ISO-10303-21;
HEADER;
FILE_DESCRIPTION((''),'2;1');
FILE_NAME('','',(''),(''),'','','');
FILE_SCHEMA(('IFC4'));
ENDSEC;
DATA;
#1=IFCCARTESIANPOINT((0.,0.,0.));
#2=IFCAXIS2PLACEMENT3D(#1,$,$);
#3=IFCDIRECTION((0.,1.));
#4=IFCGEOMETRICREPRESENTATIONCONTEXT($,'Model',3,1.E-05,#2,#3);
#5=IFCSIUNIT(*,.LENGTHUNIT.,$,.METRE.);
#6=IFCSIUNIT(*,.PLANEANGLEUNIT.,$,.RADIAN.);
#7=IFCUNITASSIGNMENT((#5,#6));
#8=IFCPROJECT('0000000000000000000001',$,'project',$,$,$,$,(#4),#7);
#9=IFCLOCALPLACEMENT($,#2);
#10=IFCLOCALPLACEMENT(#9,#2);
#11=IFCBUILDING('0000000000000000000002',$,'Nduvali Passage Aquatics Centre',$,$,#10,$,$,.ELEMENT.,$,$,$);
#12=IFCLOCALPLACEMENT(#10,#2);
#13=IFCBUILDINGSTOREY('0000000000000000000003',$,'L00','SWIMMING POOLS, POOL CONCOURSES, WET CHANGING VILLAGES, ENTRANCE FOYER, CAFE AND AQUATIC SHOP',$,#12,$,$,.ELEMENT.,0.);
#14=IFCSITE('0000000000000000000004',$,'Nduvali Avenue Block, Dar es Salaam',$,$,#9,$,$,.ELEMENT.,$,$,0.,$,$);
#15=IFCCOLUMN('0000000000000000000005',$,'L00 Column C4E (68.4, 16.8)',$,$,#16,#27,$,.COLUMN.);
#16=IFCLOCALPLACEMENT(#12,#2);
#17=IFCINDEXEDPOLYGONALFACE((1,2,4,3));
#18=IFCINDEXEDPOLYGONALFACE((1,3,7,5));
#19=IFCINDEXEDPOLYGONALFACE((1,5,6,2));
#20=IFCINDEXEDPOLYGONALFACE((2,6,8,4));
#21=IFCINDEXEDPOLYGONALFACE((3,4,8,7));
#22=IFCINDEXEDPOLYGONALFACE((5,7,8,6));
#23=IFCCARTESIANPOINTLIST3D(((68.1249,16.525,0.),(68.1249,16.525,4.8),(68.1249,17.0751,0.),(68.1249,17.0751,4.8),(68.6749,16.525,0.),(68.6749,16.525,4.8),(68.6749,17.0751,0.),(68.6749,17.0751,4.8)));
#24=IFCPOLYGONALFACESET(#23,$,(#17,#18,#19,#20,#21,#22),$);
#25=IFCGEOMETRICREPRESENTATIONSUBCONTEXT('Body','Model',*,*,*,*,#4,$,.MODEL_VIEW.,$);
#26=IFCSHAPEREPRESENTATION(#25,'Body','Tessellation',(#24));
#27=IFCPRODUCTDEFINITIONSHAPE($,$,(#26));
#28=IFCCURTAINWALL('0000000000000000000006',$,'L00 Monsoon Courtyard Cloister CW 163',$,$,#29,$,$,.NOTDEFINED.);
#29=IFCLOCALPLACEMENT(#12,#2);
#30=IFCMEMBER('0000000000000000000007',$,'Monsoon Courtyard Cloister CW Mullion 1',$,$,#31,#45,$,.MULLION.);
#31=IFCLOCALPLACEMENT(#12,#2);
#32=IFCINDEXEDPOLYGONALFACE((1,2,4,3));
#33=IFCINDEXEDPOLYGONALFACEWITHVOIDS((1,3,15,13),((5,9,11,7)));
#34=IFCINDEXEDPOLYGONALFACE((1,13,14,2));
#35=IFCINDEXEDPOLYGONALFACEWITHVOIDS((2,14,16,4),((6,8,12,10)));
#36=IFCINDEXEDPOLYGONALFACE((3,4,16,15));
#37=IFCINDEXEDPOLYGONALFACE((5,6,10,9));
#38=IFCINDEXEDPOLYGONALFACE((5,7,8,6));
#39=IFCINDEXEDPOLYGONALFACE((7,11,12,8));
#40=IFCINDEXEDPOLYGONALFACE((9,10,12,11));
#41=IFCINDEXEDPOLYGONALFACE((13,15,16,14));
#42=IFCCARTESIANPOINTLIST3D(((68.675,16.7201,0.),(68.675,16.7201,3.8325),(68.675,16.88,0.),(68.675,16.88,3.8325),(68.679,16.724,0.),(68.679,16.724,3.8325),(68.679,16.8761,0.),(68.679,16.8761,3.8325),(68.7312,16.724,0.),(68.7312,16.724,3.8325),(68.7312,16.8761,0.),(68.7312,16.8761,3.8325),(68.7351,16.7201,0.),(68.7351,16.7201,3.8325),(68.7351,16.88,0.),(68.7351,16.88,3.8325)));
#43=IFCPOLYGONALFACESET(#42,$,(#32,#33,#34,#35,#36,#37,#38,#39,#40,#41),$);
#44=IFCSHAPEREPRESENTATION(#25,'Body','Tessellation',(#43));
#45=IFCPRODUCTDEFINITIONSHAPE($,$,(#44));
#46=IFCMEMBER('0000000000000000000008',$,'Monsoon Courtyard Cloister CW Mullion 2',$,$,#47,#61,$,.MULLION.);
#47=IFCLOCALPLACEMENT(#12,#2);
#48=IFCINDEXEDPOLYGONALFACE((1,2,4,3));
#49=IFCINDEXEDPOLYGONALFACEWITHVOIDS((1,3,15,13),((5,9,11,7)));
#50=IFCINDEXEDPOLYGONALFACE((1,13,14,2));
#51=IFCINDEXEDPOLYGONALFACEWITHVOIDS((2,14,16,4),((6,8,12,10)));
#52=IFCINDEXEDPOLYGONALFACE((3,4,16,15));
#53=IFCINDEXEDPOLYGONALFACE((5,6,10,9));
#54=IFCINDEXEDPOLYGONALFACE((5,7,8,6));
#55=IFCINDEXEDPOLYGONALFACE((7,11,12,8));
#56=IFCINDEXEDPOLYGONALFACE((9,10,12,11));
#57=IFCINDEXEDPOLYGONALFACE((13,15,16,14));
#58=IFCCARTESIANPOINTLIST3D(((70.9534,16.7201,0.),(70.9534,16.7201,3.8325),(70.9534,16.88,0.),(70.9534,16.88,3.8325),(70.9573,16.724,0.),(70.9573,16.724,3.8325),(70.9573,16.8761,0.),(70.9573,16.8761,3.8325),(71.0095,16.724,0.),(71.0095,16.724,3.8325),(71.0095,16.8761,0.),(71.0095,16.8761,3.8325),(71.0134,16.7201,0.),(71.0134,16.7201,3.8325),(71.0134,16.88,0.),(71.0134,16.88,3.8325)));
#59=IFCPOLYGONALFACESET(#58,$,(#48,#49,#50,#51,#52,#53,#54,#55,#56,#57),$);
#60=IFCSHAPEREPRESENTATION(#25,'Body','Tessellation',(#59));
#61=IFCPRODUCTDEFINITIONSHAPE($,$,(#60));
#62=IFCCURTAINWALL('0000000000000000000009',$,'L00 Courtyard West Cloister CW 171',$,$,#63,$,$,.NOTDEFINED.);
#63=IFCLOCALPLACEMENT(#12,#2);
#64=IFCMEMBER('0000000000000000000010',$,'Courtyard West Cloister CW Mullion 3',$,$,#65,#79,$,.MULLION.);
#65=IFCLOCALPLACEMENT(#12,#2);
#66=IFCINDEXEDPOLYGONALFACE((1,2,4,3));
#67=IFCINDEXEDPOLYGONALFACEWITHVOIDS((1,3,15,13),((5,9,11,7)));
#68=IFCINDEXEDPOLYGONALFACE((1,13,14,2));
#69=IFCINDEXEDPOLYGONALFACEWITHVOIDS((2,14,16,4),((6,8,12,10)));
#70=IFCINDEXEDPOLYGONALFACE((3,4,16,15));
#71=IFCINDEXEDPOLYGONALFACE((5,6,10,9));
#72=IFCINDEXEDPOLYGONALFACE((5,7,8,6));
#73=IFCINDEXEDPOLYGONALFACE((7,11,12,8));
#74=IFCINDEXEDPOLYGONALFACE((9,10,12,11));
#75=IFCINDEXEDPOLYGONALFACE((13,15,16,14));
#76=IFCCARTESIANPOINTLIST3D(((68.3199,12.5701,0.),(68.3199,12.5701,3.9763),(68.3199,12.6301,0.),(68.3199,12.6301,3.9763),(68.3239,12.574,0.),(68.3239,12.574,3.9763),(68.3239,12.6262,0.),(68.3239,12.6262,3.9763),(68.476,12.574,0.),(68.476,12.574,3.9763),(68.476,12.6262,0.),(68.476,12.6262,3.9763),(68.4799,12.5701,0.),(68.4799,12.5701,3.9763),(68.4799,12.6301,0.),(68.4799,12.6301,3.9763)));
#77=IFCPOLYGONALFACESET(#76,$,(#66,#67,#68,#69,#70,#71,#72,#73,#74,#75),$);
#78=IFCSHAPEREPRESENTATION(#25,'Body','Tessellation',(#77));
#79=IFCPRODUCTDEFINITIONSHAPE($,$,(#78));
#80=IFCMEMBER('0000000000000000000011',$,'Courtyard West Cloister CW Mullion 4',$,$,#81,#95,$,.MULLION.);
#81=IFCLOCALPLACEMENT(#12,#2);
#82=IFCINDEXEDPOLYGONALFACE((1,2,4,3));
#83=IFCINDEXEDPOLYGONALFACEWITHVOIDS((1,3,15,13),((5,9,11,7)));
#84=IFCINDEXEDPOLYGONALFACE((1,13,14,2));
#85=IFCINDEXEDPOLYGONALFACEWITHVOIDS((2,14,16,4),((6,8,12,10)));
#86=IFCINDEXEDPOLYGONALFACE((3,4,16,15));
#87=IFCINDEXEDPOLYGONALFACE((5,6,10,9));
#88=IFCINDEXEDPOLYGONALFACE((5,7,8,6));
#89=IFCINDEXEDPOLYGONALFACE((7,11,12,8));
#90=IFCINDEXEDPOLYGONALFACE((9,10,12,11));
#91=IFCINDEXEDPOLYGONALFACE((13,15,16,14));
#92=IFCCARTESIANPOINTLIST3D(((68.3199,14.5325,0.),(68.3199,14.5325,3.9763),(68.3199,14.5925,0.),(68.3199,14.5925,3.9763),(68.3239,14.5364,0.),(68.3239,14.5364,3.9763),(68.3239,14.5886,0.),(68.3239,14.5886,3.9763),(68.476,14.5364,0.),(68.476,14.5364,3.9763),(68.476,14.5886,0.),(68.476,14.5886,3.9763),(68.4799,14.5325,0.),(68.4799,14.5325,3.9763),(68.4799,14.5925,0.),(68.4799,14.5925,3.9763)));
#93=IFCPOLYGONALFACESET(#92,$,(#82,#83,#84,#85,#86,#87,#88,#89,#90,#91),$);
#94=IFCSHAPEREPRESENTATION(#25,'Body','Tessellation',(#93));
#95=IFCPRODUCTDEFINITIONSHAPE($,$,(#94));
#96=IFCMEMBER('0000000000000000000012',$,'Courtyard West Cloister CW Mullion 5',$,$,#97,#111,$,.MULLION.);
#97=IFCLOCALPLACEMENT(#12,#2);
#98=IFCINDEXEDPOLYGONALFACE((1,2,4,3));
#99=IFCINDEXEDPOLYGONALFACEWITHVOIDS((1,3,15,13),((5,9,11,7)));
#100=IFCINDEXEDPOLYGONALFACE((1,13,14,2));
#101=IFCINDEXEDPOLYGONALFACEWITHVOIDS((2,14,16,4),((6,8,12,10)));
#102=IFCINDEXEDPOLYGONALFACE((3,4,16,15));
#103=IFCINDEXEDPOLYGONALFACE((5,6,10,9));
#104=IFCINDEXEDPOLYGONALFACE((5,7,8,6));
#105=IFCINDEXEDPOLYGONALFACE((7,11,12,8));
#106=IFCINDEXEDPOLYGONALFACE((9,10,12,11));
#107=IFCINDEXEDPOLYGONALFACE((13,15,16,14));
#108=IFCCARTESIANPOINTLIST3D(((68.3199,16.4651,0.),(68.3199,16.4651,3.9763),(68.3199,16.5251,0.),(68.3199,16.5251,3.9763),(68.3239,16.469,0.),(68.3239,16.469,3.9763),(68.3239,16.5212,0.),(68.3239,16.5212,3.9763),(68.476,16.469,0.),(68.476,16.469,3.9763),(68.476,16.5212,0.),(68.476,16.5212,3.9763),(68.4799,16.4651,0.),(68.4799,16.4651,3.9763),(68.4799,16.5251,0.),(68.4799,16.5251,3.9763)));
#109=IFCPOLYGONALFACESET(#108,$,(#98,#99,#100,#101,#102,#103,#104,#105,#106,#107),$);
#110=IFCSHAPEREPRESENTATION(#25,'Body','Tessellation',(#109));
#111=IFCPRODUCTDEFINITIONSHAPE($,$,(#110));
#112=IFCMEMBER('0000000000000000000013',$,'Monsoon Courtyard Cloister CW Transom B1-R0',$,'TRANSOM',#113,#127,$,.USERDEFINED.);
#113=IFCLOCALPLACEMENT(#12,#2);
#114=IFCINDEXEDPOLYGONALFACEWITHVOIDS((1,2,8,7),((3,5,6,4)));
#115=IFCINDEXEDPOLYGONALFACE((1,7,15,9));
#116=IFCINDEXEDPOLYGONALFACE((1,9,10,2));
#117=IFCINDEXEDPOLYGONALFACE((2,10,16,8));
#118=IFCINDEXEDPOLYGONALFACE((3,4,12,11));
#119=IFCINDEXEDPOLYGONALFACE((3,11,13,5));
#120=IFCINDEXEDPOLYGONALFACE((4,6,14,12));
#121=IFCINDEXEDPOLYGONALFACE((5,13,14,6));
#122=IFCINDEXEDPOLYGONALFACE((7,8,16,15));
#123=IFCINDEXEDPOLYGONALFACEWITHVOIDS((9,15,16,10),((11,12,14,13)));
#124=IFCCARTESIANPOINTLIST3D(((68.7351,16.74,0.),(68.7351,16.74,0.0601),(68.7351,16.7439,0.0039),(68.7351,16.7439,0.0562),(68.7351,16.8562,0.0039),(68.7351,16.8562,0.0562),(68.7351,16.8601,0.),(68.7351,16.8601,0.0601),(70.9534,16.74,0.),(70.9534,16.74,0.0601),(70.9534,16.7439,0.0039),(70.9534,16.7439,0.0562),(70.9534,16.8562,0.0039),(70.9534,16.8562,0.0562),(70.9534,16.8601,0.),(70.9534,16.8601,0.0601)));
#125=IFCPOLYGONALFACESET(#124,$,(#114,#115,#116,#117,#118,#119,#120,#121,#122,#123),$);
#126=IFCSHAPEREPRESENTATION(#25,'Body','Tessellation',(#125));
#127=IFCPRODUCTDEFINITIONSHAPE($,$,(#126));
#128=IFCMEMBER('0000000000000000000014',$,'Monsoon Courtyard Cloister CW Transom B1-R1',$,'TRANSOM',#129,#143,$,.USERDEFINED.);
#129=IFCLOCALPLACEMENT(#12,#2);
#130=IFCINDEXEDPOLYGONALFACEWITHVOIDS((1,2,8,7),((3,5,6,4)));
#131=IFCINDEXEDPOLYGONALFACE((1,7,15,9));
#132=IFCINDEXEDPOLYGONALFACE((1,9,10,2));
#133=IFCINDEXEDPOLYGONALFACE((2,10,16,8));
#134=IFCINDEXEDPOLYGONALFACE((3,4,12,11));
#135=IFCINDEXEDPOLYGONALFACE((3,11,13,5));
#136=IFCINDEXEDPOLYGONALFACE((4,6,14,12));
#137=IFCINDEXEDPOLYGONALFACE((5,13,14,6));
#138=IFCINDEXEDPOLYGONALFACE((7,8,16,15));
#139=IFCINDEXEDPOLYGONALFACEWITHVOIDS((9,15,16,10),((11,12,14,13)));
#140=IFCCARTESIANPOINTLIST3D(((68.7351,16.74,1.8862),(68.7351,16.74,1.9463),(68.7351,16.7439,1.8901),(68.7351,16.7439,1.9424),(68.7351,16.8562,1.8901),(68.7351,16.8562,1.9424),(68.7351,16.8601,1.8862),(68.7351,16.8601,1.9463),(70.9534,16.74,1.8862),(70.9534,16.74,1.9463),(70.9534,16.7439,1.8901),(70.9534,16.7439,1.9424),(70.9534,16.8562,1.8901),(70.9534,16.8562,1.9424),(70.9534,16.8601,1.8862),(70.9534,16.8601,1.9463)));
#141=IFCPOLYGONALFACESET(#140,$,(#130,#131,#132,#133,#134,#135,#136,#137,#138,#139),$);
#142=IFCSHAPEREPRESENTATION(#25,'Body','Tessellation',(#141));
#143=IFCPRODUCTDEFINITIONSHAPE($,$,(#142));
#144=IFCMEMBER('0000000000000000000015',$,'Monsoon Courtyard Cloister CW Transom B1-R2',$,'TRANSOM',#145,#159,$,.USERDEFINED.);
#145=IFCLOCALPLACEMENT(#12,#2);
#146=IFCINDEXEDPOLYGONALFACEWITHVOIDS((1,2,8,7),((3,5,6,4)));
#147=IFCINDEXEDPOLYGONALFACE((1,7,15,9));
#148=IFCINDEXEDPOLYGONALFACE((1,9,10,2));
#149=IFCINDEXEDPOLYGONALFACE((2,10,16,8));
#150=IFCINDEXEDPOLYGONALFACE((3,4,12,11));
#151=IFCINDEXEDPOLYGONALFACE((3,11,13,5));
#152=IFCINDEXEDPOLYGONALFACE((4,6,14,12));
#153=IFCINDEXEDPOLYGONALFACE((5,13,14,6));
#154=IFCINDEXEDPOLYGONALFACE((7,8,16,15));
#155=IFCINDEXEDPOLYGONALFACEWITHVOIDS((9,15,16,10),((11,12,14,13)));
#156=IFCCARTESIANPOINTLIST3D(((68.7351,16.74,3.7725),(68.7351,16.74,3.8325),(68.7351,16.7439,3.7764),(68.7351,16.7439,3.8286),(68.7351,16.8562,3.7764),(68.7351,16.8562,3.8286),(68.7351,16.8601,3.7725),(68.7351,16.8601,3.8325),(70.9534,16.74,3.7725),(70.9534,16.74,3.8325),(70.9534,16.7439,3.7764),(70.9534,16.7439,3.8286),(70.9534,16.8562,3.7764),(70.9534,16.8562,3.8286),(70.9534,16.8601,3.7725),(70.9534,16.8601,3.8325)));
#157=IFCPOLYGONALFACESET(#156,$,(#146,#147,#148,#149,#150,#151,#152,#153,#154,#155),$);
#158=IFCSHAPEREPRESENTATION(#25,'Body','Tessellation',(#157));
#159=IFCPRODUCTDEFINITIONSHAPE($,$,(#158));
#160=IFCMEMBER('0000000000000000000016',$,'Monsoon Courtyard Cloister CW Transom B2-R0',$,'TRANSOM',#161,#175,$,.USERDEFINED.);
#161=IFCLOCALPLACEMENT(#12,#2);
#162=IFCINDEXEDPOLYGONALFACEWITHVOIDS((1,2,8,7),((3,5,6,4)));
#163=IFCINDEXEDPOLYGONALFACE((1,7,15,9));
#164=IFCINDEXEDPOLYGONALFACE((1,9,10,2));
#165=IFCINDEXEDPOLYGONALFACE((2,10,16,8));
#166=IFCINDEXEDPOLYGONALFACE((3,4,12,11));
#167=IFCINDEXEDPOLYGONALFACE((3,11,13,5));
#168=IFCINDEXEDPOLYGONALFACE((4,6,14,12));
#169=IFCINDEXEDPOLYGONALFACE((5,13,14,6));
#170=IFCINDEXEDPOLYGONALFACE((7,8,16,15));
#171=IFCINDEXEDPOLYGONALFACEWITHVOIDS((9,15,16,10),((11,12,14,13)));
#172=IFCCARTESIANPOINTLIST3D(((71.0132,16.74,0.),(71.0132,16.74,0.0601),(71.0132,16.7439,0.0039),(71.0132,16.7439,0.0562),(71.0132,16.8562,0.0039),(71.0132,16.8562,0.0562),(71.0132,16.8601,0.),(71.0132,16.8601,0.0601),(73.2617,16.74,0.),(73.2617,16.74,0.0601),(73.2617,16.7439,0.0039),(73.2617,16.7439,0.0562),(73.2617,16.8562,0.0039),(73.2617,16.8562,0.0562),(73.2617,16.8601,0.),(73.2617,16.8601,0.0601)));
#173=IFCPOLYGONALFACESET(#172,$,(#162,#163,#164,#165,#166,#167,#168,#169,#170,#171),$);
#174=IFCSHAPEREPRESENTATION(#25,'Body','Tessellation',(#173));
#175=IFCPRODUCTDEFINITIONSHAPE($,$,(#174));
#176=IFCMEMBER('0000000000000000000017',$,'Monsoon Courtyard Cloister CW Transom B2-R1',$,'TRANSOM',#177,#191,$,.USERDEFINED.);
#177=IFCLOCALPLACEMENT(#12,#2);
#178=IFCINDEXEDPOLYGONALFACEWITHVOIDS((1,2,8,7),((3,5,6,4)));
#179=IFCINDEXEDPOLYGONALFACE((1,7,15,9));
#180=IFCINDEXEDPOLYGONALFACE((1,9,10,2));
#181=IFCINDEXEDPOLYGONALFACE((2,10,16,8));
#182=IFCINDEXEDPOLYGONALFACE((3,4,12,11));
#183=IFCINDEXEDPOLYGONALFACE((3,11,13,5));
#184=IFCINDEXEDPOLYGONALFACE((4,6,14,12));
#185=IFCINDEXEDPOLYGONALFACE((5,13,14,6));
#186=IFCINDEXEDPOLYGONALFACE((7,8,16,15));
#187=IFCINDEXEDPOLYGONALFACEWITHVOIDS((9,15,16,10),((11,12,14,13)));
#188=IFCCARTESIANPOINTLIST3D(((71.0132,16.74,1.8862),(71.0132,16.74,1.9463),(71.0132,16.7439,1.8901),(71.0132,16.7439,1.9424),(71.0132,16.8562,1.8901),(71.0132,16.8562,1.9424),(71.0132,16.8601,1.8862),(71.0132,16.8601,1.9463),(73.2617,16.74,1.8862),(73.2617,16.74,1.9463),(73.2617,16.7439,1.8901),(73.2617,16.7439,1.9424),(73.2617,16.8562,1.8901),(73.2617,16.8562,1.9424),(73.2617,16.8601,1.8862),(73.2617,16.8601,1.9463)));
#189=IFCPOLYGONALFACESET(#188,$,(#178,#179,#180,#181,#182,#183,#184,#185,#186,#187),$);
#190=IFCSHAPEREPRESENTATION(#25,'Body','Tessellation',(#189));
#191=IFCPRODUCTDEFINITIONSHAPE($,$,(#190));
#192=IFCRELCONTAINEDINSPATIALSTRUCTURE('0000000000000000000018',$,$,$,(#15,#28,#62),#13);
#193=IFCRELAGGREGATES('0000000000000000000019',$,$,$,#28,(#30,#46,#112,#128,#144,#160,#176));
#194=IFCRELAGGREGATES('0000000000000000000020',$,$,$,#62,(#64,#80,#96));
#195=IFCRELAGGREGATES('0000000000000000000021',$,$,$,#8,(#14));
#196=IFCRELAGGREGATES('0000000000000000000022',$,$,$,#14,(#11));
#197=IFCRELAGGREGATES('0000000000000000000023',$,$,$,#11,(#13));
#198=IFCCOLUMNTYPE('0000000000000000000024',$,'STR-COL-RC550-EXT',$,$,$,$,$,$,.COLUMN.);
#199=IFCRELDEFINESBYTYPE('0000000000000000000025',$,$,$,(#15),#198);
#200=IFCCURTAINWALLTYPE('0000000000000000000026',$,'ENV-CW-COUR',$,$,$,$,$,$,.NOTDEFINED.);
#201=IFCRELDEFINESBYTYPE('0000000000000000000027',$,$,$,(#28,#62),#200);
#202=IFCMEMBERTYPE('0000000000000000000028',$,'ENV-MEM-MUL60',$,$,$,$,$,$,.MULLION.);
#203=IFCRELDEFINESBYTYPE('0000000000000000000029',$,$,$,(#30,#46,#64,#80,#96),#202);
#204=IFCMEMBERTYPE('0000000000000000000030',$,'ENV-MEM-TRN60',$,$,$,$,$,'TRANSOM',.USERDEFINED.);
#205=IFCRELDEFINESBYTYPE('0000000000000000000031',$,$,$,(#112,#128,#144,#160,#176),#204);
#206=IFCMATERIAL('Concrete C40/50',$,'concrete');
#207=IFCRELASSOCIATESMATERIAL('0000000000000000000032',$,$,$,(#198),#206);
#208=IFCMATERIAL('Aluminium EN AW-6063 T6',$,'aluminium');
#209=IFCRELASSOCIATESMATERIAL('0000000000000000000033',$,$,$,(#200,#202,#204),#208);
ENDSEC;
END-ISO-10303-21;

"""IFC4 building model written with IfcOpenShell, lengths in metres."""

from ifc_helpers import new_model, si_unit, direction, frame, origin, origin_2d, place, context, subcontext, project, spatial, rectangle, hollow_rectangle, extrude, material, material_profile, profile_set, type_object, element, aggregate, save


model = new_model("IFC4")

# Units and contexts
model_context = context("Model", 3, precision=1e-05, world=origin(), true_north=direction((0.0, 1.0)))
body_context = subcontext(model_context, "Body", "Model", "MODEL_VIEW")
ifc_project = project(units=[si_unit("LENGTHUNIT", "METRE"), si_unit("PLANEANGLEUNIT", "RADIAN")], contexts=[model_context])

# Site, building, storey
site_placement = place(None, origin())
site = spatial("IfcSite", under=ifc_project, at=site_placement, Name="Nduvali Avenue Block, Dar es Salaam", CompositionType="ELEMENT", RefElevation=0.0)
building_placement = place(site_placement, origin())
building = spatial("IfcBuilding", under=site, at=building_placement, Name="Nduvali Passage Aquatics Centre", CompositionType="ELEMENT")
storey_placement = place(building_placement, origin())
storey = spatial("IfcBuildingStorey", under=building, at=storey_placement, Name="L00", Description="SWIMMING POOLS, POOL CONCOURSES, WET CHANGING VILLAGES, ENTRANCE FOYER, CAFE AND AQUATIC SHOP", CompositionType="ELEMENT", Elevation=0.0)

# Column
ifc_material_1 = material(Name="Concrete C40/50", Category="concrete")
ifc_material_profile_1 = material_profile(ifc_material_1, rectangle(XDim=0.55, YDim=0.55, at=origin_2d()), Name="RC 550x550")
ifc_profile_set_1 = profile_set([ifc_material_profile_1], Name="Concrete C40/50")
column_type = type_object("IfcColumnType", Name="STR-COL-RC550-EXT", PredefinedType="COLUMN", material=ifc_profile_set_1)
column_placement = place(storey_placement, frame((68.3999, 16.8, 0.0), z_axis=(0.0, 0.0, 1.0), x_axis=(1.0, 0.0, 0.0)))
element("IfcColumn", 1, at=column_placement, inside=storey, type_object=column_type, Name="L00 Column C4E (68.4, 16.8)", PredefinedType="COLUMN", context=body_context, shape_type="SweptSolid", body=[
    extrude(rectangle(XDim=0.55, YDim=0.55, at=origin_2d()), origin(), (0.0, 0.0, 1.0), 4.8),
])

# Curtain walls, members
ifc_material_2 = material(Name="Aluminium EN AW-6063 T6", Category="aluminium")
curtain_wall_type = type_object("IfcCurtainWallType", Name="ENV-CW-COUR", PredefinedType="NOTDEFINED", material=ifc_material_2)
curtain_wall_1_placement = place(storey_placement, origin())
curtain_wall_1 = element("IfcCurtainWall", 2, at=curtain_wall_1_placement, inside=storey, type_object=curtain_wall_type, Name="L00 Monsoon Courtyard Cloister CW 163", PredefinedType="NOTDEFINED")
ifc_material_profile_2 = material_profile(ifc_material_2, hollow_rectangle(XDim=0.0601, YDim=0.1599, WallThickness=0.0039, at=origin_2d()), Name="ALU MULLION 60x160x4")
ifc_profile_set_2 = profile_set([ifc_material_profile_2], Name="Aluminium EN AW-6063 T6")
member_type_1 = type_object("IfcMemberType", Name="ENV-MEM-MUL60", PredefinedType="MULLION", material=ifc_profile_set_2)
member_1_placement = place(storey_placement, frame((68.7051, 16.8, 0.0), z_axis=(0.0, 0.0, 1.0), x_axis=(1.0, 0.0, 0.0)))
member_1 = element("IfcMember", 3, at=member_1_placement, type_object=member_type_1, Name="Monsoon Courtyard Cloister CW Mullion 1", PredefinedType="MULLION", context=body_context, shape_type="SweptSolid", body=[
    extrude(hollow_rectangle(XDim=0.0601, YDim=0.1599, WallThickness=0.0039, at=origin_2d()), origin(), (0.0, 0.0, 1.0), 3.8325),
])
member_2_placement = place(storey_placement, frame((70.9834, 16.8, 0.0), z_axis=(0.0, 0.0, 1.0), x_axis=(1.0, 0.0, 0.0)))
member_2 = element("IfcMember", 4, at=member_2_placement, type_object=member_type_1, Name="Monsoon Courtyard Cloister CW Mullion 2", PredefinedType="MULLION", context=body_context, shape_type="SweptSolid", body=[
    extrude(hollow_rectangle(XDim=0.0601, YDim=0.1599, WallThickness=0.0039, at=origin_2d()), origin(), (0.0, 0.0, 1.0), 3.8325),
])
curtain_wall_2_placement = place(storey_placement, origin())
curtain_wall_2 = element("IfcCurtainWall", 5, at=curtain_wall_2_placement, inside=storey, type_object=curtain_wall_type, Name="L00 Courtyard West Cloister CW 171", PredefinedType="NOTDEFINED")
member_3_placement = place(storey_placement, frame((68.3999, 12.6001, 0.0), z_axis=(0.0, 0.0, 1.0), x_axis=(0.0, 1.0, 0.0)))
member_3 = element("IfcMember", 6, at=member_3_placement, type_object=member_type_1, Name="Courtyard West Cloister CW Mullion 3", PredefinedType="MULLION", context=body_context, shape_type="SweptSolid", body=[
    extrude(hollow_rectangle(XDim=0.0601, YDim=0.1599, WallThickness=0.0039, at=origin_2d()), origin(), (0.0, 0.0, 1.0), 3.9763),
])
member_4_placement = place(storey_placement, frame((68.3999, 14.5625, 0.0), z_axis=(0.0, 0.0, 1.0), x_axis=(0.0, 1.0, 0.0)))
member_4 = element("IfcMember", 7, at=member_4_placement, type_object=member_type_1, Name="Courtyard West Cloister CW Mullion 4", PredefinedType="MULLION", context=body_context, shape_type="SweptSolid", body=[
    extrude(hollow_rectangle(XDim=0.0601, YDim=0.1599, WallThickness=0.0039, at=origin_2d()), origin(), (0.0, 0.0, 1.0), 3.9763),
])
member_5_placement = place(storey_placement, frame((68.3999, 16.4951, 0.0), z_axis=(0.0, 0.0, 1.0), x_axis=(0.0, 1.0, 0.0)))
member_5 = element("IfcMember", 8, at=member_5_placement, type_object=member_type_1, Name="Courtyard West Cloister CW Mullion 5", PredefinedType="MULLION", context=body_context, shape_type="SweptSolid", body=[
    extrude(hollow_rectangle(XDim=0.0601, YDim=0.1599, WallThickness=0.0039, at=origin_2d()), origin(), (0.0, 0.0, 1.0), 3.9763),
])

# Members
ifc_material_profile_3 = material_profile(ifc_material_2, hollow_rectangle(XDim=0.1201, YDim=0.0601, WallThickness=0.0039, at=origin_2d()), Name="ALU TRANSOM 120x60x4")
ifc_profile_set_3 = profile_set([ifc_material_profile_3], Name="Aluminium EN AW-6063 T6")
member_type_2 = type_object("IfcMemberType", Name="ENV-MEM-TRN60", ElementType="TRANSOM", PredefinedType="USERDEFINED", material=ifc_profile_set_3)
member_6_placement = place(storey_placement, frame((68.7351, 16.8, 0.03), z_axis=(1.0, 0.0, 0.0), x_axis=(0.0, 1.0, 0.0)))
member_6 = element("IfcMember", 9, at=member_6_placement, type_object=member_type_2, Name="Monsoon Courtyard Cloister CW Transom B1-R0", ObjectType="TRANSOM", PredefinedType="USERDEFINED", context=body_context, shape_type="SweptSolid", body=[
    extrude(hollow_rectangle(XDim=0.1201, YDim=0.0601, WallThickness=0.0039, at=origin_2d()), origin(), (0.0, 0.0, 1.0), 2.2183),
])
member_7_placement = place(storey_placement, frame((68.7351, 16.8, 1.9163), z_axis=(1.0, 0.0, 0.0), x_axis=(0.0, 1.0, 0.0)))
member_7 = element("IfcMember", 10, at=member_7_placement, type_object=member_type_2, Name="Monsoon Courtyard Cloister CW Transom B1-R1", ObjectType="TRANSOM", PredefinedType="USERDEFINED", context=body_context, shape_type="SweptSolid", body=[
    extrude(hollow_rectangle(XDim=0.1201, YDim=0.0601, WallThickness=0.0039, at=origin_2d()), origin(), (0.0, 0.0, 1.0), 2.2183),
])
member_8_placement = place(storey_placement, frame((68.7351, 16.8, 3.8025), z_axis=(1.0, 0.0, 0.0), x_axis=(0.0, 1.0, 0.0)))
member_8 = element("IfcMember", 11, at=member_8_placement, type_object=member_type_2, Name="Monsoon Courtyard Cloister CW Transom B1-R2", ObjectType="TRANSOM", PredefinedType="USERDEFINED", context=body_context, shape_type="SweptSolid", body=[
    extrude(hollow_rectangle(XDim=0.1201, YDim=0.0601, WallThickness=0.0039, at=origin_2d()), origin(), (0.0, 0.0, 1.0), 2.2183),
])
member_9_placement = place(storey_placement, frame((71.0132, 16.8, 0.03), z_axis=(1.0, 0.0, 0.0), x_axis=(0.0, 1.0, 0.0)))
member_9 = element("IfcMember", 12, at=member_9_placement, type_object=member_type_2, Name="Monsoon Courtyard Cloister CW Transom B2-R0", ObjectType="TRANSOM", PredefinedType="USERDEFINED", context=body_context, shape_type="SweptSolid", body=[
    extrude(hollow_rectangle(XDim=0.1201, YDim=0.0601, WallThickness=0.0039, at=origin_2d()), origin(), (0.0, 0.0, 1.0), 2.2485),
])
member_10_placement = place(storey_placement, frame((71.0132, 16.8, 1.9163), z_axis=(1.0, 0.0, 0.0), x_axis=(0.0, 1.0, 0.0)))
member_10 = element("IfcMember", 13, at=member_10_placement, type_object=member_type_2, Name="Monsoon Courtyard Cloister CW Transom B2-R1", ObjectType="TRANSOM", PredefinedType="USERDEFINED", context=body_context, shape_type="SweptSolid", body=[
    extrude(hollow_rectangle(XDim=0.1201, YDim=0.0601, WallThickness=0.0039, at=origin_2d()), origin(), (0.0, 0.0, 1.0), 2.2485),
])

aggregate(curtain_wall_1, [member_1, member_2, member_6, member_7, member_8, member_9, member_10])
aggregate(curtain_wall_2, [member_3, member_4, member_5])

save(model, "model.ifc")
